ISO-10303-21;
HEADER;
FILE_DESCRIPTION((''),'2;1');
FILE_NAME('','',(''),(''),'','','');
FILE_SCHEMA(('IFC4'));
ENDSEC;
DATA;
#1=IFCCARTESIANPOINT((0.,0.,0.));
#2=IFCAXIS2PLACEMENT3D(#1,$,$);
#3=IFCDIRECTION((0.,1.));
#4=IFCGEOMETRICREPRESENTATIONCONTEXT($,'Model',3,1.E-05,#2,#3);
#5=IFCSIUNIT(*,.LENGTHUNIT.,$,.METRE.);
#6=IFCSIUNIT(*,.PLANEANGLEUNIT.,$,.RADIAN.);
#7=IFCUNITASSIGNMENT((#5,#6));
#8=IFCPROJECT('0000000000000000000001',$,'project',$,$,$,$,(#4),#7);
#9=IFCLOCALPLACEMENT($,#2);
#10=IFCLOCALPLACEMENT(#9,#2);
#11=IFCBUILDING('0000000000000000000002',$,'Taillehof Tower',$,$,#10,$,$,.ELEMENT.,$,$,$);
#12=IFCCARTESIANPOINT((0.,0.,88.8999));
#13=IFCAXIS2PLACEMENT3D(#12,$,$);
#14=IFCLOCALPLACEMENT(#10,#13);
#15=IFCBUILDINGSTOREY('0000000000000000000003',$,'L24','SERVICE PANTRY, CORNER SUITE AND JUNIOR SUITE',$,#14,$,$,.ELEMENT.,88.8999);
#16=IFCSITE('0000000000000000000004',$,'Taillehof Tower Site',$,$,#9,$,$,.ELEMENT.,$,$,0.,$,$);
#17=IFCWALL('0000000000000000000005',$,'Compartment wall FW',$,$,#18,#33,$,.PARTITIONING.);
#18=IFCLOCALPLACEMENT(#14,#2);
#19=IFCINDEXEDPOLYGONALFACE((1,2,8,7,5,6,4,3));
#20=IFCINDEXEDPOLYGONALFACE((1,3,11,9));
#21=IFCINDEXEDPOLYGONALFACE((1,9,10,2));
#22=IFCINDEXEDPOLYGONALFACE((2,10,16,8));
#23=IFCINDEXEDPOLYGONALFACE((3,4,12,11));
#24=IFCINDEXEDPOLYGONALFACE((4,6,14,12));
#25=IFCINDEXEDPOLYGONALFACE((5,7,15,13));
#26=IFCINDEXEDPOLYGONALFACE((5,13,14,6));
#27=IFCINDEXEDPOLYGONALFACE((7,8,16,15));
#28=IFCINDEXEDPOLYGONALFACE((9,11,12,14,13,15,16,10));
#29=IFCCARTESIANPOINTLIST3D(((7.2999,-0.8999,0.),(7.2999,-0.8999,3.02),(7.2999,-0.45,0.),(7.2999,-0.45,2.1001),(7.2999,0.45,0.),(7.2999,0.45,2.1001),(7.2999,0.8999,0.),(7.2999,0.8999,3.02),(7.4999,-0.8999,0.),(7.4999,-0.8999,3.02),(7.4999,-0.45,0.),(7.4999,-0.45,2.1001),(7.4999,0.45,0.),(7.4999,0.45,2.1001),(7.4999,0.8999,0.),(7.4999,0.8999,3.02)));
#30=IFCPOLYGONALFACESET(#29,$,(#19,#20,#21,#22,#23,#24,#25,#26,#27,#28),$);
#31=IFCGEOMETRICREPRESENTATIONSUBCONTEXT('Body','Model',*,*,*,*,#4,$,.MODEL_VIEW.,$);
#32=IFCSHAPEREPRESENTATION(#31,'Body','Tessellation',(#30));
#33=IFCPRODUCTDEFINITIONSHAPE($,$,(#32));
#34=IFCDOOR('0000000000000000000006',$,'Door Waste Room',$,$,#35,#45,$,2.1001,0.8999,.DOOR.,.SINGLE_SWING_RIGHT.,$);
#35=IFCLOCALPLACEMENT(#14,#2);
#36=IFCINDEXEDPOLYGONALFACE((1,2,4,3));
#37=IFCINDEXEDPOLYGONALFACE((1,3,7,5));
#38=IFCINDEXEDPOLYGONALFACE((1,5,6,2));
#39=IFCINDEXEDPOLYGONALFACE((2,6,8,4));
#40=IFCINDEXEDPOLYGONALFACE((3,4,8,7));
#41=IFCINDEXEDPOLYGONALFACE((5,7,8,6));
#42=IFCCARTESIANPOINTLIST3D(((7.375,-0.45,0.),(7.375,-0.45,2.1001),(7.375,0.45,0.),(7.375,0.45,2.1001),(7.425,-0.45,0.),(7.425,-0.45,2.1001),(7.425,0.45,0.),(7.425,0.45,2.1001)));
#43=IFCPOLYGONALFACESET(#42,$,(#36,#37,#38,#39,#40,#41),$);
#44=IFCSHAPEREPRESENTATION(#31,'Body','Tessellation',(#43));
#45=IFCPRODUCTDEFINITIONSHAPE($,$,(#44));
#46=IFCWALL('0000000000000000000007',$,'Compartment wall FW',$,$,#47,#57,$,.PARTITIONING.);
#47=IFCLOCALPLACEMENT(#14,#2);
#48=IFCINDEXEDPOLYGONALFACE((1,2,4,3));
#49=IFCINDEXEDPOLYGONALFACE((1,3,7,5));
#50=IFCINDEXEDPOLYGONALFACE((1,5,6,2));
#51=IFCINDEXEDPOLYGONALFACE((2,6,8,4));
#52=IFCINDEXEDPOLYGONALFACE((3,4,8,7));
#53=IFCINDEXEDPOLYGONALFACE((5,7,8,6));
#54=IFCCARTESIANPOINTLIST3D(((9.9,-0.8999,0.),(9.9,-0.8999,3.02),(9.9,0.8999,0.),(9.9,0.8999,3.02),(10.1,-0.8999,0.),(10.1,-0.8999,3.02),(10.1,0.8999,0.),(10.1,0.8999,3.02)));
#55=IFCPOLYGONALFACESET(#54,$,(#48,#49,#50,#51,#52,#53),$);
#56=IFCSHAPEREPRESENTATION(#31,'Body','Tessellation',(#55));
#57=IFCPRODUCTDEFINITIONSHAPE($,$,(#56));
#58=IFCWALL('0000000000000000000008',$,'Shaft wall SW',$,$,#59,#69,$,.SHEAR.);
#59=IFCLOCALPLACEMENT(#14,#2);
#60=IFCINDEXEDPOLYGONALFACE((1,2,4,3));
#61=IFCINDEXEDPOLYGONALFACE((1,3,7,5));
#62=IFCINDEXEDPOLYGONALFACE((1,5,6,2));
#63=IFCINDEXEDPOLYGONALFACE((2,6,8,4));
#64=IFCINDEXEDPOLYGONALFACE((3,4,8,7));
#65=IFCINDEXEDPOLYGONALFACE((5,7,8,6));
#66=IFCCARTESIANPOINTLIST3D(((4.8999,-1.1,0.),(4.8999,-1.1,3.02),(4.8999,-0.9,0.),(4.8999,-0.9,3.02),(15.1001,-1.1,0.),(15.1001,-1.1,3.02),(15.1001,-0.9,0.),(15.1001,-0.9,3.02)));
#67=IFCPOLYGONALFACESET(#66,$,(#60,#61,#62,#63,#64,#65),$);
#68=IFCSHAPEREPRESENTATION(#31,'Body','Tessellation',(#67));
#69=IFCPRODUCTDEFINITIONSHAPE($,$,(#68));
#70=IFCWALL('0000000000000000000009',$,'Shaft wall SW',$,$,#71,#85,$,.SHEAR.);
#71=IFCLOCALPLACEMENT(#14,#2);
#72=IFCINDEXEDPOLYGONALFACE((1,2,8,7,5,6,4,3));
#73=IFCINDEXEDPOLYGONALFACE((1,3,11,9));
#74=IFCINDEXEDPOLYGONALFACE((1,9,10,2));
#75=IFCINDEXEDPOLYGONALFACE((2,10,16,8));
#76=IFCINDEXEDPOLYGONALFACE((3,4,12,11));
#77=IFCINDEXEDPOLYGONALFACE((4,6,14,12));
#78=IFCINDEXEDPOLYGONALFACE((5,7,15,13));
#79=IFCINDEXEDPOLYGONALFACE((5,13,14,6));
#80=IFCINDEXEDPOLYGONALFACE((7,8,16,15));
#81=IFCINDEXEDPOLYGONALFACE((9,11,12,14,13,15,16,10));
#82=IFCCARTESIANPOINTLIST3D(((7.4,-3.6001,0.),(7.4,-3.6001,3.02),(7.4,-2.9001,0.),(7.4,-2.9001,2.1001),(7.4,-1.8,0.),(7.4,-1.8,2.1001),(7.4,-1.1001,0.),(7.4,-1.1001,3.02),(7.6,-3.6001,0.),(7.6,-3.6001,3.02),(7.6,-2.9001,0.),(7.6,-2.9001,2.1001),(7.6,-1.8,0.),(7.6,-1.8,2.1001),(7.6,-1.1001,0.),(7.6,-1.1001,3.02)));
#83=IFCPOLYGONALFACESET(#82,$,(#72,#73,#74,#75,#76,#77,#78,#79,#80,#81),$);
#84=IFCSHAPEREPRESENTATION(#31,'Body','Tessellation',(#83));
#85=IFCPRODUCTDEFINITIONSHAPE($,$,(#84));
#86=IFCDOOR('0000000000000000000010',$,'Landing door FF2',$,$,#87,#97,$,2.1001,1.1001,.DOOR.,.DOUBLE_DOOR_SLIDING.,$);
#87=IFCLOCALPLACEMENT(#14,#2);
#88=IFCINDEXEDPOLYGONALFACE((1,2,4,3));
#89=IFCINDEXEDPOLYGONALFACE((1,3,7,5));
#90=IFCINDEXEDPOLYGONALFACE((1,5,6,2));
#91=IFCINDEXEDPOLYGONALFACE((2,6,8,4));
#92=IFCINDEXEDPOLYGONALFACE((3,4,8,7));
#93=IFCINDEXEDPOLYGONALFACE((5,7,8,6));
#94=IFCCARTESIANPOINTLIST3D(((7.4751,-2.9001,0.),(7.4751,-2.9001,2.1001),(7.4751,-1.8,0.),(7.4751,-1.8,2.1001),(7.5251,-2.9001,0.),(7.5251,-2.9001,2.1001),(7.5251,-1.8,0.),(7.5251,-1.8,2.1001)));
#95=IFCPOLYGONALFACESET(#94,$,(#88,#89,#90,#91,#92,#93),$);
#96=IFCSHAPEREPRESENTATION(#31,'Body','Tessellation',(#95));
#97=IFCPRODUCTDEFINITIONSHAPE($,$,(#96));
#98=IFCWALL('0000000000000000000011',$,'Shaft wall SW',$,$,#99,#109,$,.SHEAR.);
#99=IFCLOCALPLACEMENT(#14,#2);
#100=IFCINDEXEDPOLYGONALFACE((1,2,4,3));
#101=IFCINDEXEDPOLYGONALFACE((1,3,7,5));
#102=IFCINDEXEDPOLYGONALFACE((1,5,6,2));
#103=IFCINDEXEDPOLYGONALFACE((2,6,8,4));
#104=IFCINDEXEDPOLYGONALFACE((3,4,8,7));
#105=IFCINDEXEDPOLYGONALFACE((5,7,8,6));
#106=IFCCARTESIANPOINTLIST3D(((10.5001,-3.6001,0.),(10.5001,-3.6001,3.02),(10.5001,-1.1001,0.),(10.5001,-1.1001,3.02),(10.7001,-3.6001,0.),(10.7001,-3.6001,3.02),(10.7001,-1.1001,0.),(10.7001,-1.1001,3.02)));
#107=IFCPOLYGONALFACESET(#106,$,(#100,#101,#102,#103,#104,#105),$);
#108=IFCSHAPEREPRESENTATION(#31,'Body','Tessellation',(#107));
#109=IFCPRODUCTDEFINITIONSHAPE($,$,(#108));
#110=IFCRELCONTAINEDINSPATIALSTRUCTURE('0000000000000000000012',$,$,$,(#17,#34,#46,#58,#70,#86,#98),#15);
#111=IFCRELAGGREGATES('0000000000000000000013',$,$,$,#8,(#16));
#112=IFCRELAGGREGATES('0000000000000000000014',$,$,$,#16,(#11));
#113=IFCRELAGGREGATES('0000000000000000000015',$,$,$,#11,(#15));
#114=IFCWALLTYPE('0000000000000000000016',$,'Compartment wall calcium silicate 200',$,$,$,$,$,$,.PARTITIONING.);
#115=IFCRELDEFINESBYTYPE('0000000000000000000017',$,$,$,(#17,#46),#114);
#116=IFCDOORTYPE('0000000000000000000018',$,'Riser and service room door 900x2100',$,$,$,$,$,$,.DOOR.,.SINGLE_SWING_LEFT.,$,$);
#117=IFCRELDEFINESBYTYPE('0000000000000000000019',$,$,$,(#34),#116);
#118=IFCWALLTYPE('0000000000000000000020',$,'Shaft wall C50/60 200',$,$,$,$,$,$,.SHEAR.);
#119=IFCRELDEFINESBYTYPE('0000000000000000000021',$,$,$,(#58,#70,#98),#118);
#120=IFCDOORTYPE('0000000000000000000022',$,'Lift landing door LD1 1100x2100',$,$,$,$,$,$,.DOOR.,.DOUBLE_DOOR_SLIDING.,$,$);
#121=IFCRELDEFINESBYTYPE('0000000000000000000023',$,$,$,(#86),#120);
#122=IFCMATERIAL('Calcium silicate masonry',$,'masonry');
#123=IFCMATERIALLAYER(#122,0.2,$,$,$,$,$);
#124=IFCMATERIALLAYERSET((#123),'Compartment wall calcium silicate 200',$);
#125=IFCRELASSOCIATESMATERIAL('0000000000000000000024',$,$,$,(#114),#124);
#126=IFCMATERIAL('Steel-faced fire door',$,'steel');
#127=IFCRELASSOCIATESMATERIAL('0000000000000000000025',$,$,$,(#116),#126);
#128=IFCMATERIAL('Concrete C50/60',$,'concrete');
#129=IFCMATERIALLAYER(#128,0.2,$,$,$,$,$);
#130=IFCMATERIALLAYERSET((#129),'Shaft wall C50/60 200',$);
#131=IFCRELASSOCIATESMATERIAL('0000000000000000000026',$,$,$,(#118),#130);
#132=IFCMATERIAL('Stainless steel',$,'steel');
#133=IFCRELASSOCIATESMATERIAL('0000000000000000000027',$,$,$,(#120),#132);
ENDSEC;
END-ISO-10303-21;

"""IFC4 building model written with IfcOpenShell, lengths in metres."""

from ifc_helpers import new_model, si_unit, direction, frame, frame_2d, origin, place, context, subcontext, project, spatial, rectangle, extrude, material, layer, layer_set, type_object, element, fill, save


model = new_model("IFC4")

# Units and contexts
model_context = context("Model", 3, precision=1e-05, world=origin(), true_north=direction((0.0, 1.0)))
body_context = subcontext(model_context, "Body", "Model", "MODEL_VIEW")
ifc_project = project(units=[si_unit("LENGTHUNIT", "METRE"), si_unit("PLANEANGLEUNIT", "RADIAN")], contexts=[model_context])

# Site, building, storey
site_placement = place(None, origin())
site = spatial("IfcSite", under=ifc_project, at=site_placement, Name="Taillehof Tower Site", CompositionType="ELEMENT", RefElevation=0.0)
building_placement = place(site_placement, origin())
building = spatial("IfcBuilding", under=site, at=building_placement, Name="Taillehof Tower", CompositionType="ELEMENT")
storey_placement = place(building_placement, frame((0.0, 0.0, 88.8999)))
storey = spatial("IfcBuildingStorey", under=building, at=storey_placement, Name="L24", Description="SERVICE PANTRY, CORNER SUITE AND JUNIOR SUITE", CompositionType="ELEMENT", Elevation=88.8999)

# Wall, opening, door
ifc_material_1 = material(Name="Calcium silicate masonry", Category="masonry")
ifc_layer_1 = layer(ifc_material_1, 0.2)
ifc_layer_set_1 = layer_set([ifc_layer_1], Name="Compartment wall calcium silicate 200")
wall_type_1 = type_object("IfcWallType", Name="Compartment wall calcium silicate 200", PredefinedType="PARTITIONING", material=ifc_layer_set_1)
wall_1_placement = place(storey_placement, frame((7.3999, -0.8999, 0.0), z_axis=(0.0, 0.0, 1.0), x_axis=(0.0, 1.0, 0.0)))
wall_1 = element("IfcWall", 1, at=wall_1_placement, inside=storey, type_object=wall_type_1, Name="Compartment wall FW", PredefinedType="PARTITIONING", context=body_context, shape_type="SweptSolid", body=[
    extrude(rectangle(XDim=1.7998, YDim=0.2, at=frame_2d((0.8999, 0.0))), origin(), (0.0, 0.0, 1.0), 3.02),
])
opening_1_placement = place(wall_1_placement, frame((0.45, 0.0, 0.0)))
opening_1 = element("IfcOpeningElement", 2, at=opening_1_placement, cuts=wall_1, PredefinedType="OPENING", context=body_context, shape_type="SweptSolid", body=[
    extrude(rectangle(XDim=0.8999, YDim=2.1001, at=frame_2d((0.45, 1.05))), frame((0.0, 0.1099, 0.0), z_axis=(0.0, -1.0, 0.0), x_axis=(1.0, 0.0, 0.0)), (0.0, 0.0, 1.0), 0.22),
])
ifc_material_2 = material(Name="Steel-faced fire door", Category="steel")
door_type_1 = type_object("IfcDoorType", Name="Riser and service room door 900x2100", OperationType="SINGLE_SWING_LEFT", PredefinedType="DOOR", material=ifc_material_2)
door_1_placement = place(opening_1_placement, origin())
door_1 = element("IfcDoor", 3, at=door_1_placement, inside=storey, type_object=door_type_1, Name="Door Waste Room", OperationType="SINGLE_SWING_RIGHT", OverallHeight=2.1001, OverallWidth=0.8999, PredefinedType="DOOR", context=body_context, shape_type="SweptSolid", body=[
    extrude(rectangle(XDim=0.8999, YDim=2.1001, at=frame_2d((0.45, 1.05))), frame((0.0, 0.0249, 0.0), z_axis=(0.0, -1.0, 0.0), x_axis=(1.0, 0.0, 0.0)), (0.0, 0.0, 1.0), 0.05),
])
fill(opening_1, door_1)

# Walls
wall_2_placement = place(storey_placement, frame((10.0, -0.8999, 0.0), z_axis=(0.0, 0.0, 1.0), x_axis=(0.0, 1.0, 0.0)))
element("IfcWall", 4, at=wall_2_placement, inside=storey, type_object=wall_type_1, Name="Compartment wall FW", PredefinedType="PARTITIONING", context=body_context, shape_type="SweptSolid", body=[
    extrude(rectangle(XDim=1.7998, YDim=0.2, at=frame_2d((0.8999, 0.0))), origin(), (0.0, 0.0, 1.0), 3.02),
])
ifc_material_3 = material(Name="Concrete C50/60", Category="concrete")
ifc_layer_2 = layer(ifc_material_3, 0.2)
ifc_layer_set_2 = layer_set([ifc_layer_2], Name="Shaft wall C50/60 200")
wall_type_2 = type_object("IfcWallType", Name="Shaft wall C50/60 200", PredefinedType="SHEAR", material=ifc_layer_set_2)
wall_3_placement = place(storey_placement, frame((4.8999, -1.0, 0.0), z_axis=(0.0, 0.0, 1.0), x_axis=(1.0, 0.0, 0.0)))
element("IfcWall", 5, at=wall_3_placement, inside=storey, type_object=wall_type_2, Name="Shaft wall SW", PredefinedType="SHEAR", context=body_context, shape_type="SweptSolid", body=[
    extrude(rectangle(XDim=10.2002, YDim=0.2, at=frame_2d((5.1001, 0.0))), origin(), (0.0, 0.0, 1.0), 3.02),
])

# Wall, opening, door
wall_4_placement = place(storey_placement, frame((7.5, -3.6001, 0.0), z_axis=(0.0, 0.0, 1.0), x_axis=(0.0, 1.0, 0.0)))
wall_4 = element("IfcWall", 6, at=wall_4_placement, inside=storey, type_object=wall_type_2, Name="Shaft wall SW", PredefinedType="SHEAR", context=body_context, shape_type="SweptSolid", body=[
    extrude(rectangle(XDim=2.5, YDim=0.2, at=frame_2d((1.25, 0.0))), origin(), (0.0, 0.0, 1.0), 3.02),
])
opening_2_placement = place(wall_4_placement, frame((0.7, 0.0, 0.0)))
opening_2 = element("IfcOpeningElement", 7, at=opening_2_placement, cuts=wall_4, PredefinedType="OPENING", context=body_context, shape_type="SweptSolid", body=[
    extrude(rectangle(XDim=1.1001, YDim=2.1001, at=frame_2d((0.55, 1.05))), frame((0.0, 0.1099, 0.0), z_axis=(0.0, -1.0, 0.0), x_axis=(1.0, 0.0, 0.0)), (0.0, 0.0, 1.0), 0.22),
])
ifc_material_4 = material(Name="Stainless steel", Category="steel")
door_type_2 = type_object("IfcDoorType", Name="Lift landing door LD1 1100x2100", OperationType="DOUBLE_DOOR_SLIDING", PredefinedType="DOOR", material=ifc_material_4)
door_2_placement = place(opening_2_placement, origin())
door_2 = element("IfcDoor", 8, at=door_2_placement, inside=storey, type_object=door_type_2, Name="Landing door FF2", OperationType="DOUBLE_DOOR_SLIDING", OverallHeight=2.1001, OverallWidth=1.1001, PredefinedType="DOOR", context=body_context, shape_type="SweptSolid", body=[
    extrude(rectangle(XDim=1.1001, YDim=2.1001, at=frame_2d((0.55, 1.05))), frame((0.0, 0.0249, 0.0), z_axis=(0.0, -1.0, 0.0), x_axis=(1.0, 0.0, 0.0)), (0.0, 0.0, 1.0), 0.05),
])
fill(opening_2, door_2)

# Wall
wall_5_placement = place(storey_placement, frame((10.6001, -3.6001, 0.0), z_axis=(0.0, 0.0, 1.0), x_axis=(0.0, 1.0, 0.0)))
element("IfcWall", 9, at=wall_5_placement, inside=storey, type_object=wall_type_2, Name="Shaft wall SW", PredefinedType="SHEAR", context=body_context, shape_type="SweptSolid", body=[
    extrude(rectangle(XDim=2.5, YDim=0.2, at=frame_2d((1.25, 0.0))), origin(), (0.0, 0.0, 1.0), 3.02),
])

save(model, "model.ifc")
